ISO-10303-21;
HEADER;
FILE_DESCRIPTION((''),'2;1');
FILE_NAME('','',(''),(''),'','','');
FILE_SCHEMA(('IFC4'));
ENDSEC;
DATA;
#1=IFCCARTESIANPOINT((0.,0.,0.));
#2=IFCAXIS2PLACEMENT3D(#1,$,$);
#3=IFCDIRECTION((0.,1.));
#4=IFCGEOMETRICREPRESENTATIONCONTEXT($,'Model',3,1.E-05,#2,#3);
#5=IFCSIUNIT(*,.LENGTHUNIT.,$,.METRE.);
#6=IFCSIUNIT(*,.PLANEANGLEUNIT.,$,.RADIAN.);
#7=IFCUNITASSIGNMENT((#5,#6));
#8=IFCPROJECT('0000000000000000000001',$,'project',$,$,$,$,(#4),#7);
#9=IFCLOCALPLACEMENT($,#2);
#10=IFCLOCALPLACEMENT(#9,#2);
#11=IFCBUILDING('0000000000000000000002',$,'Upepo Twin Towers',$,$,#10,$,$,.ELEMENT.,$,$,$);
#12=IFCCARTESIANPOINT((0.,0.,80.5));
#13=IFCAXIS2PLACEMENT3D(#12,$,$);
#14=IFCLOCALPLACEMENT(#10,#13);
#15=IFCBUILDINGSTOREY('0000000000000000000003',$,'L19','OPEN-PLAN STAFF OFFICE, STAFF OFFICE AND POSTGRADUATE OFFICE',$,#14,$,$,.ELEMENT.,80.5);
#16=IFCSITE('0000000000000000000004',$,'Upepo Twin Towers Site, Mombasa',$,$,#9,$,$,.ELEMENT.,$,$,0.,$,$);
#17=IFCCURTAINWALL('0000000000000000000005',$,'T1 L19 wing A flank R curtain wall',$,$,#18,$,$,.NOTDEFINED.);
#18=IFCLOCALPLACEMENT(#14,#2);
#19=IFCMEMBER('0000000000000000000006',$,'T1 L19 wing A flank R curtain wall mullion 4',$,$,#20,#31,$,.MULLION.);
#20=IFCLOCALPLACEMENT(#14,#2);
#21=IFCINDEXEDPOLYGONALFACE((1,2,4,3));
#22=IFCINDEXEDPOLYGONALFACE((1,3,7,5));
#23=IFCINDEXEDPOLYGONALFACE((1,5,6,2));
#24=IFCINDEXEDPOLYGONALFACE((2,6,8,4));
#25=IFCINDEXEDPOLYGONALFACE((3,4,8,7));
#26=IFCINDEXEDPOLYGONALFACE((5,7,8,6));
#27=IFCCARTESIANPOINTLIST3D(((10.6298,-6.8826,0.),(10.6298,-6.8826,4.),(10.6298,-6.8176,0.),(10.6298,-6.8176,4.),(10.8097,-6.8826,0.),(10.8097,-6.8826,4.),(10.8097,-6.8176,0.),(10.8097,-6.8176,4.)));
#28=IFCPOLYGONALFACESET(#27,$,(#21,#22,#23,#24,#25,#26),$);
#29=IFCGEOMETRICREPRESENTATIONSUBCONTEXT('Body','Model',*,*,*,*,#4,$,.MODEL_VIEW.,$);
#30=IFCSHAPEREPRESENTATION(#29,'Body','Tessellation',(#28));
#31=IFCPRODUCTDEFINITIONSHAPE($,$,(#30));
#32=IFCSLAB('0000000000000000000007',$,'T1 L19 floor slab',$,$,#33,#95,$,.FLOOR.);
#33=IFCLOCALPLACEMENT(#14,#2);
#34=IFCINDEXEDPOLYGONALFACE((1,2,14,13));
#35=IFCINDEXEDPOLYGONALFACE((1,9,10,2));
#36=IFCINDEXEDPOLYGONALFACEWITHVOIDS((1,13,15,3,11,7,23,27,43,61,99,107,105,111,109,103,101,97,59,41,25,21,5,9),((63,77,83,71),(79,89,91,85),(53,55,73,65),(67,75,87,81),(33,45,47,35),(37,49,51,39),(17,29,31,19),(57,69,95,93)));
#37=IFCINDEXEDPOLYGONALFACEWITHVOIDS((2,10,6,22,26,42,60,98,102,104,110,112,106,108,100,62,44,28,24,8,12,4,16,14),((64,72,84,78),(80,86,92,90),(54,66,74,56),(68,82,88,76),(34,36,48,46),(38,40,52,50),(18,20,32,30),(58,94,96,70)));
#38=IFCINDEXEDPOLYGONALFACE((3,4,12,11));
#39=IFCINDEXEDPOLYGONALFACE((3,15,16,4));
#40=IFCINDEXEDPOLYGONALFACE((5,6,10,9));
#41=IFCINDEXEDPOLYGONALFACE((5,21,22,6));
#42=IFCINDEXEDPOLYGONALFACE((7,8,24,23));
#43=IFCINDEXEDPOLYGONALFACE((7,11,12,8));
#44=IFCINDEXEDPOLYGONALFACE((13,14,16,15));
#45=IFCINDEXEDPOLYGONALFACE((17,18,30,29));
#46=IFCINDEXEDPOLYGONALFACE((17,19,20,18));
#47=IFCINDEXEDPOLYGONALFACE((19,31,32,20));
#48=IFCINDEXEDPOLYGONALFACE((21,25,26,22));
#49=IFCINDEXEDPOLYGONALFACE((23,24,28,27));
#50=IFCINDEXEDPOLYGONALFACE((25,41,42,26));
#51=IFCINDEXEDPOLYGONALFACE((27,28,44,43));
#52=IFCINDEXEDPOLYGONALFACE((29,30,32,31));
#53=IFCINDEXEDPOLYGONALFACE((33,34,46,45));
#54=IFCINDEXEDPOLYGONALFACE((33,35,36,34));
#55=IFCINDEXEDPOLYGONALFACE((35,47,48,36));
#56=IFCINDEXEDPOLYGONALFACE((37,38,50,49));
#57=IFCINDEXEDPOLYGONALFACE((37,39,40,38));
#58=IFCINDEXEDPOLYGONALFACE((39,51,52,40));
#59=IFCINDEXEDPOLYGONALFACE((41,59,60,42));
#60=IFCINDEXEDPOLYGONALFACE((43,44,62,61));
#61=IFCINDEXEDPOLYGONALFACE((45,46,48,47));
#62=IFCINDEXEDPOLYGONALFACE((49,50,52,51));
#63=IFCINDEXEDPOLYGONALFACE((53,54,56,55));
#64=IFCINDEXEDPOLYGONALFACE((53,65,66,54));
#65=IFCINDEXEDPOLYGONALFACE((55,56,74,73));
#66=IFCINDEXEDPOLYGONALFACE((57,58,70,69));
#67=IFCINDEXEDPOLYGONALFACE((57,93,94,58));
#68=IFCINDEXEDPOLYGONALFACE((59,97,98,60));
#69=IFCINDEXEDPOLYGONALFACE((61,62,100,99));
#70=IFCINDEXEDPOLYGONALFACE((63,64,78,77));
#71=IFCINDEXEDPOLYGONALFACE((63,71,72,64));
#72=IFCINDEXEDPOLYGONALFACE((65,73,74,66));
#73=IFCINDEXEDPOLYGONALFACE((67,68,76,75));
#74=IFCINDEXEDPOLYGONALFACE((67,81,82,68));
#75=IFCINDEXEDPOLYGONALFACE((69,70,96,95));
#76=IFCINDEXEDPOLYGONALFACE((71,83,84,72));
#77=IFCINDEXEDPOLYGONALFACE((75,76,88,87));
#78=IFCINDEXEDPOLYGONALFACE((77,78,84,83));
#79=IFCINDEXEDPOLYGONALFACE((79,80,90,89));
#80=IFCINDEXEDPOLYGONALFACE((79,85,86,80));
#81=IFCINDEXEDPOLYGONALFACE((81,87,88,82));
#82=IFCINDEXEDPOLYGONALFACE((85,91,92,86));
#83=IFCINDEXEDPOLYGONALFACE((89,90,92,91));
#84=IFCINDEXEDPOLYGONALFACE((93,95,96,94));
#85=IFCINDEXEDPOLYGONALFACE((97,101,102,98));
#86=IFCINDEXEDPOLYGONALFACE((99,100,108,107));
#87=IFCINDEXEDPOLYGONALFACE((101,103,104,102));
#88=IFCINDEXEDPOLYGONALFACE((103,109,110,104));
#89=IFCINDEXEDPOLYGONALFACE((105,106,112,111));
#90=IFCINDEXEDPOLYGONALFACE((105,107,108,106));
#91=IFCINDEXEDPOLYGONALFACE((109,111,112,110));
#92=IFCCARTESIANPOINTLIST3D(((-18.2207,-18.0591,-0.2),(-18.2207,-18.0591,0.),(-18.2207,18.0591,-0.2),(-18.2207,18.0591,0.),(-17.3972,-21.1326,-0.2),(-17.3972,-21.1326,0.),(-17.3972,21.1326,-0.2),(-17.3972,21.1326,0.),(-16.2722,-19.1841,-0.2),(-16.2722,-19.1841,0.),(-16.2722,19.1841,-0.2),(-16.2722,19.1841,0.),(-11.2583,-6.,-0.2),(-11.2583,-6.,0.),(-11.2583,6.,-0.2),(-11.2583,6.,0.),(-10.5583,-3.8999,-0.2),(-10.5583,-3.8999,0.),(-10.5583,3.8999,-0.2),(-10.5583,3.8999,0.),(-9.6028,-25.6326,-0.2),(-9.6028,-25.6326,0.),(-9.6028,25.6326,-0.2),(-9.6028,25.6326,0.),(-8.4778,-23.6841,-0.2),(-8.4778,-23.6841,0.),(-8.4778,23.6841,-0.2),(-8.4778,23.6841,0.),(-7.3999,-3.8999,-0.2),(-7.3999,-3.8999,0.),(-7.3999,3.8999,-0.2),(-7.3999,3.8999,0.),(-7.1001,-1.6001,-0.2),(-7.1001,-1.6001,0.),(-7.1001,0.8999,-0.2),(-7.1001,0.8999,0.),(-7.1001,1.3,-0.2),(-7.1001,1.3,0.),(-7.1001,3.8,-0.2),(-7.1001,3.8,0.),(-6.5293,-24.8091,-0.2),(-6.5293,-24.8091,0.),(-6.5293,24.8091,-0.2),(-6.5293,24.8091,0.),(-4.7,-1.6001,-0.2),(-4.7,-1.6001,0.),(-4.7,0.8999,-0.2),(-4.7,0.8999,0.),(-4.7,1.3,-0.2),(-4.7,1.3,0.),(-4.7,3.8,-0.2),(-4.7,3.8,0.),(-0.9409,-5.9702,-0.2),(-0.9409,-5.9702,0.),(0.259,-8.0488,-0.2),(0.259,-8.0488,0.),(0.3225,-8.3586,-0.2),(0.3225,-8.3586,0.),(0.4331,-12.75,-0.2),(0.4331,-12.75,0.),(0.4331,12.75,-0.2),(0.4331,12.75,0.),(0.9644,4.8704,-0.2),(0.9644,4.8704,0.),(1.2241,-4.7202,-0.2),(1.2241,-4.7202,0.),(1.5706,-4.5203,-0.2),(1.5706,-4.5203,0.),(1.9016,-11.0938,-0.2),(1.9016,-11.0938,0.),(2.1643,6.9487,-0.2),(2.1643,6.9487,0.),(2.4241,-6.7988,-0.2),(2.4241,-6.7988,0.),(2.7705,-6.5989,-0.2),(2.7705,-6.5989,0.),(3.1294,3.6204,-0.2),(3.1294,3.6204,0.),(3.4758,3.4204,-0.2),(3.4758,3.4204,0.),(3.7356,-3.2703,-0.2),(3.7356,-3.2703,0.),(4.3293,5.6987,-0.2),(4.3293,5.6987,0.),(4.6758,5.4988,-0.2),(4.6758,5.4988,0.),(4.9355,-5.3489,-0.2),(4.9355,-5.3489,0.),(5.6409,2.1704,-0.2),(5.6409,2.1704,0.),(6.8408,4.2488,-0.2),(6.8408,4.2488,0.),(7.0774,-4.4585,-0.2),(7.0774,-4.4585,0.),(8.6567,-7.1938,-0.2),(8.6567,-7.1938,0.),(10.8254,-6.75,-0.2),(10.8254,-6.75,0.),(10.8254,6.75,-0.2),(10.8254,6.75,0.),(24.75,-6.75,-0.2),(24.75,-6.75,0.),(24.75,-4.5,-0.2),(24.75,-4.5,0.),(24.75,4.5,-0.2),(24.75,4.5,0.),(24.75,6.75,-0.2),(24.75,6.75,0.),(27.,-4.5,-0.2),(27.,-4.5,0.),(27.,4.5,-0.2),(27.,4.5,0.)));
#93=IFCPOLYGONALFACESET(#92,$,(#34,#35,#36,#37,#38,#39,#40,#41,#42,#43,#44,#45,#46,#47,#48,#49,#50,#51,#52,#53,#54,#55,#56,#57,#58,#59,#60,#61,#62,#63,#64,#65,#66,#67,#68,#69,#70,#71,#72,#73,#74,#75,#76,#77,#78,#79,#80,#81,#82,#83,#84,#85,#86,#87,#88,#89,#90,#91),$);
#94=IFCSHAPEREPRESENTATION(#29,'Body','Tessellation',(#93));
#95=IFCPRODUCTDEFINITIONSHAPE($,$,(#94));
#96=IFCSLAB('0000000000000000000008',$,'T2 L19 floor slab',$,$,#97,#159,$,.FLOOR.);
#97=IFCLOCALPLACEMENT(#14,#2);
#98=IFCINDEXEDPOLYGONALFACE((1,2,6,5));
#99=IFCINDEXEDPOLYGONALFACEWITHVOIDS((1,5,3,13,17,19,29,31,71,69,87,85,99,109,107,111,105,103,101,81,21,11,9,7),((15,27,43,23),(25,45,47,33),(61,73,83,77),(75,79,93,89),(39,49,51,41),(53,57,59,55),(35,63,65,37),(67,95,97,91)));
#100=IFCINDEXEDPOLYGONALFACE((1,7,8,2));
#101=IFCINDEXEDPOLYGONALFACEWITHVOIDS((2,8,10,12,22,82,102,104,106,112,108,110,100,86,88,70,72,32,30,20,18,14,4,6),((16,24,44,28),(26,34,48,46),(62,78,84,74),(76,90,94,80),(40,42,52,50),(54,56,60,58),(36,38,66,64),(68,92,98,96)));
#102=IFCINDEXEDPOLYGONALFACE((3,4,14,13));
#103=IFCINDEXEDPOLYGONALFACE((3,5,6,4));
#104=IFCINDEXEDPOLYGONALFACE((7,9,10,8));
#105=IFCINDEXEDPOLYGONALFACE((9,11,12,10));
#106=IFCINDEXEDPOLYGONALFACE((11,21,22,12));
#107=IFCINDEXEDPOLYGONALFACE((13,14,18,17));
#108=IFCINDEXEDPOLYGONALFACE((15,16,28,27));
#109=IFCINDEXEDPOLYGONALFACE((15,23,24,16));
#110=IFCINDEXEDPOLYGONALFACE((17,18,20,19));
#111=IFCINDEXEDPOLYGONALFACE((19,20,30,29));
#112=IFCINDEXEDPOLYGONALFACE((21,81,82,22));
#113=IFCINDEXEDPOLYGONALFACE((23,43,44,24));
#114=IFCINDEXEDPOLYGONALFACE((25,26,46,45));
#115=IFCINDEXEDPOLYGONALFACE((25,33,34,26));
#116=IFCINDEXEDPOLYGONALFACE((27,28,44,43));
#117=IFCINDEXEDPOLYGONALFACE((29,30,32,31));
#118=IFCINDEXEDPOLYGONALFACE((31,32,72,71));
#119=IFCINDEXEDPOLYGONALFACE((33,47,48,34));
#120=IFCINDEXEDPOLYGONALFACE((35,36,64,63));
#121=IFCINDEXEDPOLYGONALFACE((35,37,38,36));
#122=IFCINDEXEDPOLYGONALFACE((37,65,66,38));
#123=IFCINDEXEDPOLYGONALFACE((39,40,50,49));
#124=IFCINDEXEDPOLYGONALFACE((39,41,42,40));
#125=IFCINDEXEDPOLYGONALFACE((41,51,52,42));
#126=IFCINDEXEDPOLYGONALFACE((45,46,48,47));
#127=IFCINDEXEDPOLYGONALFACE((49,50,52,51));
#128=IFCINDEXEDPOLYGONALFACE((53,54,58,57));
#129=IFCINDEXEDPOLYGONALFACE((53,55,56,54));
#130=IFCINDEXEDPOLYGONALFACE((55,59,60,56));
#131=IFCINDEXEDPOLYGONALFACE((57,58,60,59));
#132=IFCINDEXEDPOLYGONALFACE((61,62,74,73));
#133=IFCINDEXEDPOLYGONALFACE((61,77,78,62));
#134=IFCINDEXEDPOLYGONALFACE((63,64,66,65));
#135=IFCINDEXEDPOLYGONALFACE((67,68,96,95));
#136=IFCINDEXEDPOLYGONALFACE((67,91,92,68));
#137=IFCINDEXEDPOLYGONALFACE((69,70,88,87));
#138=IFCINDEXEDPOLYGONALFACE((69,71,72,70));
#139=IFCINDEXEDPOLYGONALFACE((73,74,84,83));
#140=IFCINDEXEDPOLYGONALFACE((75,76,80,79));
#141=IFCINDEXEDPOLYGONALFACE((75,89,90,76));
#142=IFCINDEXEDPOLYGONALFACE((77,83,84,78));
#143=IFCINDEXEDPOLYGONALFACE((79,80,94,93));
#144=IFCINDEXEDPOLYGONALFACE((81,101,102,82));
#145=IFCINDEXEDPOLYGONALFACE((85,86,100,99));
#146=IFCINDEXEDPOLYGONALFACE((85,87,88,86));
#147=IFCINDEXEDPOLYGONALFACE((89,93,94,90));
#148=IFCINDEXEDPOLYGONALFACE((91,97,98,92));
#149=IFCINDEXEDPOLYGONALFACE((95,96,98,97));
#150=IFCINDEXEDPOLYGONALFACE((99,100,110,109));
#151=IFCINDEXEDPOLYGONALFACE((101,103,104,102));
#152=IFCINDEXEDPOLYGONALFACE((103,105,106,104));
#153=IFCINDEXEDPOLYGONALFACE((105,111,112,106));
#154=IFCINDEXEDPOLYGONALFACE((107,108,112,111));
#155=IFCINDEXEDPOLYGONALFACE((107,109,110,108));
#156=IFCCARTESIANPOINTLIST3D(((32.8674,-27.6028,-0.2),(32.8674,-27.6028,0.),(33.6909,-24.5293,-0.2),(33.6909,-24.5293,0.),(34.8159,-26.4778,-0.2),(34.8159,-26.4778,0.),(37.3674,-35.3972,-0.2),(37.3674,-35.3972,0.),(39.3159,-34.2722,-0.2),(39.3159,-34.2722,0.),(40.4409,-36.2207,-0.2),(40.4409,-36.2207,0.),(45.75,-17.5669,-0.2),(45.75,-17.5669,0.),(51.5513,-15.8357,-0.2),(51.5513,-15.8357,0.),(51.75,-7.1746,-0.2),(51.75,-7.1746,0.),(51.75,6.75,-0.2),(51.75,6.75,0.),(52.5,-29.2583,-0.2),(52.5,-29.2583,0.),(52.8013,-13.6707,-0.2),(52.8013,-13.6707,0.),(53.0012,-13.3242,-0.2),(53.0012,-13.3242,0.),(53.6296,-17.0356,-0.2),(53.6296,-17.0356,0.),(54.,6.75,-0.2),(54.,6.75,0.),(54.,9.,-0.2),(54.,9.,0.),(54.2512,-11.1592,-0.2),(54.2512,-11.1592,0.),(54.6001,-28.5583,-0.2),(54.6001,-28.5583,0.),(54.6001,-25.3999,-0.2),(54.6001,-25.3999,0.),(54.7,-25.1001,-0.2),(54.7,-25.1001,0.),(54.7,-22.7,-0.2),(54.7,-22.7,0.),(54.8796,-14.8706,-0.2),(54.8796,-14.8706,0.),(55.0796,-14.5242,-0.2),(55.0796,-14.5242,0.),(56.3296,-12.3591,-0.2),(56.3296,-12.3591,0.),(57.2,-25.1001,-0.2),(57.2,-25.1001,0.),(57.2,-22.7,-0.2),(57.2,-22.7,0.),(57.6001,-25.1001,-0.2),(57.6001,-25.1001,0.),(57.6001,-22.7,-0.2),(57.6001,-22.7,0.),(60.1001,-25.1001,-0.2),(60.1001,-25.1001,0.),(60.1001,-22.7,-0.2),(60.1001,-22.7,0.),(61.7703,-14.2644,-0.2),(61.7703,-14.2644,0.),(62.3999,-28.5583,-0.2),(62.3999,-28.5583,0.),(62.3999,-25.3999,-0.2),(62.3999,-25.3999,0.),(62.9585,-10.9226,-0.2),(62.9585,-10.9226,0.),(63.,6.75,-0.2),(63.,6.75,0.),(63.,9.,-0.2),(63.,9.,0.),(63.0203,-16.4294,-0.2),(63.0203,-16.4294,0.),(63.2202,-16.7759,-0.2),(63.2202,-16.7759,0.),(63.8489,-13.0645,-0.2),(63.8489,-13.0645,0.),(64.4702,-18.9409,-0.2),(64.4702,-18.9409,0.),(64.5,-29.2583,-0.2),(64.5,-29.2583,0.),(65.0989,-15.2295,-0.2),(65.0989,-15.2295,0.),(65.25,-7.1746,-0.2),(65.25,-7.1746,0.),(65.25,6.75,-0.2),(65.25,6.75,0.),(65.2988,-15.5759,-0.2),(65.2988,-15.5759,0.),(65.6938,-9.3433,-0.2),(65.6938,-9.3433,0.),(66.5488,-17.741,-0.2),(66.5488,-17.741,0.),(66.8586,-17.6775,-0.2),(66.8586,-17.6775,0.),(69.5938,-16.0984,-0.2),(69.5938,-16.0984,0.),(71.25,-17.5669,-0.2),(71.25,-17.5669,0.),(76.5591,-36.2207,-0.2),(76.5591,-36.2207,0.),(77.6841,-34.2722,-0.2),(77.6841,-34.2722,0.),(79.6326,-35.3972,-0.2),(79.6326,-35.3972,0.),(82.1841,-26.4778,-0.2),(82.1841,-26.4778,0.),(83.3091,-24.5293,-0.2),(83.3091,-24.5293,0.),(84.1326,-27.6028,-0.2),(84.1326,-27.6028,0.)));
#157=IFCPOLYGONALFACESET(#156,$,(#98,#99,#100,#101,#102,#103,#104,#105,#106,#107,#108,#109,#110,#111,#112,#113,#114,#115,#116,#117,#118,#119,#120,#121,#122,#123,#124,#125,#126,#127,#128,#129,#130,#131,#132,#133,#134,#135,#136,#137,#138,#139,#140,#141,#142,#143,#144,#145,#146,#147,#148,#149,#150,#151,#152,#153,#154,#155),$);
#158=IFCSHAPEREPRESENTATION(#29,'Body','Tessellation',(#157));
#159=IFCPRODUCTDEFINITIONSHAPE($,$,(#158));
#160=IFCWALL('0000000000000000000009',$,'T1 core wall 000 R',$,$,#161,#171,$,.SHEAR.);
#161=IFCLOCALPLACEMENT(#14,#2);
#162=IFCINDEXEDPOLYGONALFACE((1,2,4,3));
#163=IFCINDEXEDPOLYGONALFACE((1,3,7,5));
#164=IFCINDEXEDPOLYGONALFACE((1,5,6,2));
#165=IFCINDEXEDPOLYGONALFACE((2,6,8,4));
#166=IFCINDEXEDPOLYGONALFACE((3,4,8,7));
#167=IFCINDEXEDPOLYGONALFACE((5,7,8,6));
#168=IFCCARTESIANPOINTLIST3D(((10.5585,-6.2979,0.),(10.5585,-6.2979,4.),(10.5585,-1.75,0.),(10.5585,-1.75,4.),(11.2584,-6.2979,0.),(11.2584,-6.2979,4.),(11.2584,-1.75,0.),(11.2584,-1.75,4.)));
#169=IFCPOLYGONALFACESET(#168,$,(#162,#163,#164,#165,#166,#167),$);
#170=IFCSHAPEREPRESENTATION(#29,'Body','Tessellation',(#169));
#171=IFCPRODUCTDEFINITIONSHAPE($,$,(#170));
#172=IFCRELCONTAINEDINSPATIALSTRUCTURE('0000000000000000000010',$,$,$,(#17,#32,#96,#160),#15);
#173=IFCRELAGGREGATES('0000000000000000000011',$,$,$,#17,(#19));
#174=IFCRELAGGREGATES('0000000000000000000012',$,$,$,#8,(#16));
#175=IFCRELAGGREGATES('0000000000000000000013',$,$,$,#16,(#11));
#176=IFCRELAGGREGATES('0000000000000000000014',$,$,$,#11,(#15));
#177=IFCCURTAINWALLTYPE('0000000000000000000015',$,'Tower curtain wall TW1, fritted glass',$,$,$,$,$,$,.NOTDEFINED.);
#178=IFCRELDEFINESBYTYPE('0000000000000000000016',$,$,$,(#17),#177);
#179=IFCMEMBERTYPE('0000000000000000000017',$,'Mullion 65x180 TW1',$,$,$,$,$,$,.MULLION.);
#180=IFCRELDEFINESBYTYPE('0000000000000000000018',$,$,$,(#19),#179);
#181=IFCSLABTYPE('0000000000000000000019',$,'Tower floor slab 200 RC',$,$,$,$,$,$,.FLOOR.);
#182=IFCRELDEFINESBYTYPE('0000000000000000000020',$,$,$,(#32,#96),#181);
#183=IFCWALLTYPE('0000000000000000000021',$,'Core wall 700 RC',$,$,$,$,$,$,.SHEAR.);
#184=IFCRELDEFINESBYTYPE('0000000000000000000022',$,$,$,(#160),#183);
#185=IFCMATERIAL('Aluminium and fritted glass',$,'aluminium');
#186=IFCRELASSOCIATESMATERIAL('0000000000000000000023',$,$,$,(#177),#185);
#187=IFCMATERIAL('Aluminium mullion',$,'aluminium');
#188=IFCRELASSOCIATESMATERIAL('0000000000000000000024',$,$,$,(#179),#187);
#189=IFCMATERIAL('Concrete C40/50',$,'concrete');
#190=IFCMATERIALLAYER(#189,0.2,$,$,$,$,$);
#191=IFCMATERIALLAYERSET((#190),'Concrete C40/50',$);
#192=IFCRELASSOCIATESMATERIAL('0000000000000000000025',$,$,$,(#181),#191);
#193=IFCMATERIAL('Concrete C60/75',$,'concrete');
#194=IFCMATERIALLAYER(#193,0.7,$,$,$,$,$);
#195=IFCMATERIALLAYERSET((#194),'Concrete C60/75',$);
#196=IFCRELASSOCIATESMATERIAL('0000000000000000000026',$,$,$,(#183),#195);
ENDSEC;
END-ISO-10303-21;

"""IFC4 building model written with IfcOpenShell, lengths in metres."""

from ifc_helpers import new_model, si_unit, direction, frame, frame_2d, origin, origin_2d, place, context, subcontext, project, spatial, polyline, rectangle, outline, extrude, material, layer, layer_set, material_profile, profile_set, type_object, element, aggregate, save


model = new_model("IFC4")

# Units and contexts
model_context = context("Model", 3, precision=1e-05, world=origin(), true_north=direction((0.0, 1.0)))
body_context = subcontext(model_context, "Body", "Model", "MODEL_VIEW")
ifc_project = project(units=[si_unit("LENGTHUNIT", "METRE"), si_unit("PLANEANGLEUNIT", "RADIAN")], contexts=[model_context])

# Site, building, storey
site_placement = place(None, origin())
site = spatial("IfcSite", under=ifc_project, at=site_placement, Name="Upepo Twin Towers Site, Mombasa", CompositionType="ELEMENT", RefElevation=0.0)
building_placement = place(site_placement, origin())
building = spatial("IfcBuilding", under=site, at=building_placement, Name="Upepo Twin Towers", CompositionType="ELEMENT")
storey_placement = place(building_placement, frame((0.0, 0.0, 80.5)))
storey = spatial("IfcBuildingStorey", under=building, at=storey_placement, Name="L19", Description="OPEN-PLAN STAFF OFFICE, STAFF OFFICE AND POSTGRADUATE OFFICE", CompositionType="ELEMENT", Elevation=80.5)

# Curtain wall, member
ifc_material_1 = material(Name="Aluminium and fritted glass", Category="aluminium")
curtain_wall_type = type_object("IfcCurtainWallType", Name="Tower curtain wall TW1, fritted glass", PredefinedType="NOTDEFINED", material=ifc_material_1)
curtain_wall_placement = place(storey_placement, origin())
curtain_wall = element("IfcCurtainWall", 1, at=curtain_wall_placement, inside=storey, type_object=curtain_wall_type, Name="T1 L19 wing A flank R curtain wall", PredefinedType="NOTDEFINED")
ifc_material_2 = material(Name="Aluminium mullion", Category="aluminium")
ifc_material_profile = material_profile(ifc_material_2, rectangle(XDim=0.0649, YDim=0.1799, at=origin_2d()), Name="MULLION 65x180")
ifc_profile_set = profile_set([ifc_material_profile], Name="Aluminium mullion")
member_type = type_object("IfcMemberType", Name="Mullion 65x180 TW1", PredefinedType="MULLION", material=ifc_profile_set)
member_placement = place(storey_placement, frame((10.7197, -6.8501, 0.0), z_axis=(0.0, 0.0, 1.0), x_axis=(0.0, -1.0, 0.0)))
member = element("IfcMember", 2, at=member_placement, type_object=member_type, Name="T1 L19 wing A flank R curtain wall mullion 4", PredefinedType="MULLION", context=body_context, shape_type="SweptSolid", body=[
    extrude(rectangle(XDim=0.0649, YDim=0.1799, at=origin_2d()), origin(), (0.0, 0.0, 1.0), 4.0),
])
aggregate(curtain_wall, [member])

# Slabs
ifc_material_3 = material(Name="Concrete C40/50", Category="concrete")
ifc_layer_1 = layer(ifc_material_3, 0.2)
ifc_layer_set_1 = layer_set([ifc_layer_1], Name="Concrete C40/50")
slab_type = type_object("IfcSlabType", Name="Tower floor slab 200 RC", PredefinedType="FLOOR", material=ifc_layer_set_1)
slab_1_placement = place(storey_placement, frame((0.0, 0.0, -0.2)))
element("IfcSlab", 3, at=slab_1_placement, inside=storey, type_object=slab_type, Name="T1 L19 floor slab", PredefinedType="FLOOR", context=body_context, shape_type="SweptSolid", body=[
    extrude(outline(polyline([(-8.4778, -23.6841), (-9.6028, -25.6326), (-17.3972, -21.1326), (-16.2722, -19.1841), (-18.2207, -18.0591), (-11.2583, -6.0), (-11.2583, 6.0), (-18.2207, 18.0591), (-16.2722, 19.1841), (-17.3972, 21.1326), (-9.6028, 25.6326), (-8.4778, 23.6841), (-6.5293, 24.8091), (0.4331, 12.75), (10.8254, 6.75), (24.75, 6.75), (24.75, 4.5), (27.0, 4.5), (27.0, -4.5), (24.75, -4.5), (24.75, -6.75), (10.8254, -6.75), (0.4331, -12.75), (-6.5293, -24.8091), (-8.4778, -23.6841)]), holes=[polyline([(5.6409, 2.1704), (6.8408, 4.2488), (4.6758, 5.4988), (3.4758, 3.4204), (5.6409, 2.1704)]), polyline([(3.1294, 3.6204), (4.3293, 5.6987), (2.1643, 6.9487), (0.9644, 4.8704), (3.1294, 3.6204)]), polyline([(-4.7, 3.8), (-7.1001, 3.8), (-7.1001, 1.3), (-4.7, 1.3), (-4.7, 3.8)]), polyline([(-4.7, 0.8999), (-7.1001, 0.8999), (-7.1001, -1.6001), (-4.7, -1.6001), (-4.7, 0.8999)]), polyline([(-7.3999, 3.8999), (-10.5583, 3.8999), (-10.5583, -3.8999), (-7.3999, -3.8999), (-7.3999, 3.8999)]), polyline([(-0.9409, -5.9702), (0.259, -8.0488), (2.4241, -6.7988), (1.2241, -4.7202), (-0.9409, -5.9702)]), polyline([(1.5706, -4.5203), (2.7705, -6.5989), (4.9355, -5.3489), (3.7356, -3.2703), (1.5706, -4.5203)]), polyline([(0.3225, -8.3586), (1.9016, -11.0938), (8.6567, -7.1938), (7.0774, -4.4585), (0.3225, -8.3586)])]), origin(), (0.0, 0.0, 1.0), 0.2),
])
slab_2_placement = place(storey_placement, frame((0.0, 0.0, -0.2)))
element("IfcSlab", 4, at=slab_2_placement, inside=storey, type_object=slab_type, Name="T2 L19 floor slab", PredefinedType="FLOOR", context=body_context, shape_type="SweptSolid", body=[
    extrude(outline(polyline([(82.1841, -26.4778), (84.1326, -27.6028), (79.6326, -35.3972), (77.6841, -34.2722), (76.5591, -36.2207), (64.5, -29.2583), (52.5, -29.2583), (40.4409, -36.2207), (39.3159, -34.2722), (37.3674, -35.3972), (32.8674, -27.6028), (34.8159, -26.4778), (33.6909, -24.5293), (45.75, -17.5669), (51.75, -7.1746), (51.75, 6.75), (54.0, 6.75), (54.0, 9.0), (63.0, 9.0), (63.0, 6.75), (65.25, 6.75), (65.25, -7.1746), (71.25, -17.5669), (83.3091, -24.5293), (82.1841, -26.4778)]), holes=[polyline([(56.3296, -12.3591), (54.2512, -11.1592), (53.0012, -13.3242), (55.0796, -14.5242), (56.3296, -12.3591)]), polyline([(54.8796, -14.8706), (52.8013, -13.6707), (51.5513, -15.8357), (53.6296, -17.0356), (54.8796, -14.8706)]), polyline([(54.7, -22.7), (54.7, -25.1001), (57.2, -25.1001), (57.2, -22.7), (54.7, -22.7)]), polyline([(57.6001, -22.7), (57.6001, -25.1001), (60.1001, -25.1001), (60.1001, -22.7), (57.6001, -22.7)]), polyline([(54.6001, -25.3999), (54.6001, -28.5583), (62.3999, -28.5583), (62.3999, -25.3999), (54.6001, -25.3999)]), polyline([(64.4702, -18.9409), (66.5488, -17.741), (65.2988, -15.5759), (63.2202, -16.7759), (64.4702, -18.9409)]), polyline([(63.0203, -16.4294), (65.0989, -15.2295), (63.8489, -13.0645), (61.7703, -14.2644), (63.0203, -16.4294)]), polyline([(66.8586, -17.6775), (69.5938, -16.0984), (65.6938, -9.3433), (62.9585, -10.9226), (66.8586, -17.6775)])]), origin(), (0.0, 0.0, 1.0), 0.2),
])

# Wall
ifc_material_4 = material(Name="Concrete C60/75", Category="concrete")
ifc_layer_2 = layer(ifc_material_4, 0.7)
ifc_layer_set_2 = layer_set([ifc_layer_2], Name="Concrete C60/75")
wall_type_1 = type_object("IfcWallType", Name="Core wall 700 RC", PredefinedType="SHEAR", material=ifc_layer_set_2)
wall_1_placement = place(storey_placement, frame((10.9084, -6.2979, 0.0), z_axis=(0.0, 0.0, 1.0), x_axis=(0.0, 1.0, 0.0)))
element("IfcWall", 5, at=wall_1_placement, inside=storey, type_object=wall_type_1, Name="T1 core wall 000 R", PredefinedType="SHEAR", context=body_context, shape_type="SweptSolid", body=[
    extrude(rectangle(XDim=4.5479, YDim=0.7, at=frame_2d((2.2739, 0.0))), origin(), (0.0, 0.0, 1.0), 4.0),
])

save(model, "model.ifc")
